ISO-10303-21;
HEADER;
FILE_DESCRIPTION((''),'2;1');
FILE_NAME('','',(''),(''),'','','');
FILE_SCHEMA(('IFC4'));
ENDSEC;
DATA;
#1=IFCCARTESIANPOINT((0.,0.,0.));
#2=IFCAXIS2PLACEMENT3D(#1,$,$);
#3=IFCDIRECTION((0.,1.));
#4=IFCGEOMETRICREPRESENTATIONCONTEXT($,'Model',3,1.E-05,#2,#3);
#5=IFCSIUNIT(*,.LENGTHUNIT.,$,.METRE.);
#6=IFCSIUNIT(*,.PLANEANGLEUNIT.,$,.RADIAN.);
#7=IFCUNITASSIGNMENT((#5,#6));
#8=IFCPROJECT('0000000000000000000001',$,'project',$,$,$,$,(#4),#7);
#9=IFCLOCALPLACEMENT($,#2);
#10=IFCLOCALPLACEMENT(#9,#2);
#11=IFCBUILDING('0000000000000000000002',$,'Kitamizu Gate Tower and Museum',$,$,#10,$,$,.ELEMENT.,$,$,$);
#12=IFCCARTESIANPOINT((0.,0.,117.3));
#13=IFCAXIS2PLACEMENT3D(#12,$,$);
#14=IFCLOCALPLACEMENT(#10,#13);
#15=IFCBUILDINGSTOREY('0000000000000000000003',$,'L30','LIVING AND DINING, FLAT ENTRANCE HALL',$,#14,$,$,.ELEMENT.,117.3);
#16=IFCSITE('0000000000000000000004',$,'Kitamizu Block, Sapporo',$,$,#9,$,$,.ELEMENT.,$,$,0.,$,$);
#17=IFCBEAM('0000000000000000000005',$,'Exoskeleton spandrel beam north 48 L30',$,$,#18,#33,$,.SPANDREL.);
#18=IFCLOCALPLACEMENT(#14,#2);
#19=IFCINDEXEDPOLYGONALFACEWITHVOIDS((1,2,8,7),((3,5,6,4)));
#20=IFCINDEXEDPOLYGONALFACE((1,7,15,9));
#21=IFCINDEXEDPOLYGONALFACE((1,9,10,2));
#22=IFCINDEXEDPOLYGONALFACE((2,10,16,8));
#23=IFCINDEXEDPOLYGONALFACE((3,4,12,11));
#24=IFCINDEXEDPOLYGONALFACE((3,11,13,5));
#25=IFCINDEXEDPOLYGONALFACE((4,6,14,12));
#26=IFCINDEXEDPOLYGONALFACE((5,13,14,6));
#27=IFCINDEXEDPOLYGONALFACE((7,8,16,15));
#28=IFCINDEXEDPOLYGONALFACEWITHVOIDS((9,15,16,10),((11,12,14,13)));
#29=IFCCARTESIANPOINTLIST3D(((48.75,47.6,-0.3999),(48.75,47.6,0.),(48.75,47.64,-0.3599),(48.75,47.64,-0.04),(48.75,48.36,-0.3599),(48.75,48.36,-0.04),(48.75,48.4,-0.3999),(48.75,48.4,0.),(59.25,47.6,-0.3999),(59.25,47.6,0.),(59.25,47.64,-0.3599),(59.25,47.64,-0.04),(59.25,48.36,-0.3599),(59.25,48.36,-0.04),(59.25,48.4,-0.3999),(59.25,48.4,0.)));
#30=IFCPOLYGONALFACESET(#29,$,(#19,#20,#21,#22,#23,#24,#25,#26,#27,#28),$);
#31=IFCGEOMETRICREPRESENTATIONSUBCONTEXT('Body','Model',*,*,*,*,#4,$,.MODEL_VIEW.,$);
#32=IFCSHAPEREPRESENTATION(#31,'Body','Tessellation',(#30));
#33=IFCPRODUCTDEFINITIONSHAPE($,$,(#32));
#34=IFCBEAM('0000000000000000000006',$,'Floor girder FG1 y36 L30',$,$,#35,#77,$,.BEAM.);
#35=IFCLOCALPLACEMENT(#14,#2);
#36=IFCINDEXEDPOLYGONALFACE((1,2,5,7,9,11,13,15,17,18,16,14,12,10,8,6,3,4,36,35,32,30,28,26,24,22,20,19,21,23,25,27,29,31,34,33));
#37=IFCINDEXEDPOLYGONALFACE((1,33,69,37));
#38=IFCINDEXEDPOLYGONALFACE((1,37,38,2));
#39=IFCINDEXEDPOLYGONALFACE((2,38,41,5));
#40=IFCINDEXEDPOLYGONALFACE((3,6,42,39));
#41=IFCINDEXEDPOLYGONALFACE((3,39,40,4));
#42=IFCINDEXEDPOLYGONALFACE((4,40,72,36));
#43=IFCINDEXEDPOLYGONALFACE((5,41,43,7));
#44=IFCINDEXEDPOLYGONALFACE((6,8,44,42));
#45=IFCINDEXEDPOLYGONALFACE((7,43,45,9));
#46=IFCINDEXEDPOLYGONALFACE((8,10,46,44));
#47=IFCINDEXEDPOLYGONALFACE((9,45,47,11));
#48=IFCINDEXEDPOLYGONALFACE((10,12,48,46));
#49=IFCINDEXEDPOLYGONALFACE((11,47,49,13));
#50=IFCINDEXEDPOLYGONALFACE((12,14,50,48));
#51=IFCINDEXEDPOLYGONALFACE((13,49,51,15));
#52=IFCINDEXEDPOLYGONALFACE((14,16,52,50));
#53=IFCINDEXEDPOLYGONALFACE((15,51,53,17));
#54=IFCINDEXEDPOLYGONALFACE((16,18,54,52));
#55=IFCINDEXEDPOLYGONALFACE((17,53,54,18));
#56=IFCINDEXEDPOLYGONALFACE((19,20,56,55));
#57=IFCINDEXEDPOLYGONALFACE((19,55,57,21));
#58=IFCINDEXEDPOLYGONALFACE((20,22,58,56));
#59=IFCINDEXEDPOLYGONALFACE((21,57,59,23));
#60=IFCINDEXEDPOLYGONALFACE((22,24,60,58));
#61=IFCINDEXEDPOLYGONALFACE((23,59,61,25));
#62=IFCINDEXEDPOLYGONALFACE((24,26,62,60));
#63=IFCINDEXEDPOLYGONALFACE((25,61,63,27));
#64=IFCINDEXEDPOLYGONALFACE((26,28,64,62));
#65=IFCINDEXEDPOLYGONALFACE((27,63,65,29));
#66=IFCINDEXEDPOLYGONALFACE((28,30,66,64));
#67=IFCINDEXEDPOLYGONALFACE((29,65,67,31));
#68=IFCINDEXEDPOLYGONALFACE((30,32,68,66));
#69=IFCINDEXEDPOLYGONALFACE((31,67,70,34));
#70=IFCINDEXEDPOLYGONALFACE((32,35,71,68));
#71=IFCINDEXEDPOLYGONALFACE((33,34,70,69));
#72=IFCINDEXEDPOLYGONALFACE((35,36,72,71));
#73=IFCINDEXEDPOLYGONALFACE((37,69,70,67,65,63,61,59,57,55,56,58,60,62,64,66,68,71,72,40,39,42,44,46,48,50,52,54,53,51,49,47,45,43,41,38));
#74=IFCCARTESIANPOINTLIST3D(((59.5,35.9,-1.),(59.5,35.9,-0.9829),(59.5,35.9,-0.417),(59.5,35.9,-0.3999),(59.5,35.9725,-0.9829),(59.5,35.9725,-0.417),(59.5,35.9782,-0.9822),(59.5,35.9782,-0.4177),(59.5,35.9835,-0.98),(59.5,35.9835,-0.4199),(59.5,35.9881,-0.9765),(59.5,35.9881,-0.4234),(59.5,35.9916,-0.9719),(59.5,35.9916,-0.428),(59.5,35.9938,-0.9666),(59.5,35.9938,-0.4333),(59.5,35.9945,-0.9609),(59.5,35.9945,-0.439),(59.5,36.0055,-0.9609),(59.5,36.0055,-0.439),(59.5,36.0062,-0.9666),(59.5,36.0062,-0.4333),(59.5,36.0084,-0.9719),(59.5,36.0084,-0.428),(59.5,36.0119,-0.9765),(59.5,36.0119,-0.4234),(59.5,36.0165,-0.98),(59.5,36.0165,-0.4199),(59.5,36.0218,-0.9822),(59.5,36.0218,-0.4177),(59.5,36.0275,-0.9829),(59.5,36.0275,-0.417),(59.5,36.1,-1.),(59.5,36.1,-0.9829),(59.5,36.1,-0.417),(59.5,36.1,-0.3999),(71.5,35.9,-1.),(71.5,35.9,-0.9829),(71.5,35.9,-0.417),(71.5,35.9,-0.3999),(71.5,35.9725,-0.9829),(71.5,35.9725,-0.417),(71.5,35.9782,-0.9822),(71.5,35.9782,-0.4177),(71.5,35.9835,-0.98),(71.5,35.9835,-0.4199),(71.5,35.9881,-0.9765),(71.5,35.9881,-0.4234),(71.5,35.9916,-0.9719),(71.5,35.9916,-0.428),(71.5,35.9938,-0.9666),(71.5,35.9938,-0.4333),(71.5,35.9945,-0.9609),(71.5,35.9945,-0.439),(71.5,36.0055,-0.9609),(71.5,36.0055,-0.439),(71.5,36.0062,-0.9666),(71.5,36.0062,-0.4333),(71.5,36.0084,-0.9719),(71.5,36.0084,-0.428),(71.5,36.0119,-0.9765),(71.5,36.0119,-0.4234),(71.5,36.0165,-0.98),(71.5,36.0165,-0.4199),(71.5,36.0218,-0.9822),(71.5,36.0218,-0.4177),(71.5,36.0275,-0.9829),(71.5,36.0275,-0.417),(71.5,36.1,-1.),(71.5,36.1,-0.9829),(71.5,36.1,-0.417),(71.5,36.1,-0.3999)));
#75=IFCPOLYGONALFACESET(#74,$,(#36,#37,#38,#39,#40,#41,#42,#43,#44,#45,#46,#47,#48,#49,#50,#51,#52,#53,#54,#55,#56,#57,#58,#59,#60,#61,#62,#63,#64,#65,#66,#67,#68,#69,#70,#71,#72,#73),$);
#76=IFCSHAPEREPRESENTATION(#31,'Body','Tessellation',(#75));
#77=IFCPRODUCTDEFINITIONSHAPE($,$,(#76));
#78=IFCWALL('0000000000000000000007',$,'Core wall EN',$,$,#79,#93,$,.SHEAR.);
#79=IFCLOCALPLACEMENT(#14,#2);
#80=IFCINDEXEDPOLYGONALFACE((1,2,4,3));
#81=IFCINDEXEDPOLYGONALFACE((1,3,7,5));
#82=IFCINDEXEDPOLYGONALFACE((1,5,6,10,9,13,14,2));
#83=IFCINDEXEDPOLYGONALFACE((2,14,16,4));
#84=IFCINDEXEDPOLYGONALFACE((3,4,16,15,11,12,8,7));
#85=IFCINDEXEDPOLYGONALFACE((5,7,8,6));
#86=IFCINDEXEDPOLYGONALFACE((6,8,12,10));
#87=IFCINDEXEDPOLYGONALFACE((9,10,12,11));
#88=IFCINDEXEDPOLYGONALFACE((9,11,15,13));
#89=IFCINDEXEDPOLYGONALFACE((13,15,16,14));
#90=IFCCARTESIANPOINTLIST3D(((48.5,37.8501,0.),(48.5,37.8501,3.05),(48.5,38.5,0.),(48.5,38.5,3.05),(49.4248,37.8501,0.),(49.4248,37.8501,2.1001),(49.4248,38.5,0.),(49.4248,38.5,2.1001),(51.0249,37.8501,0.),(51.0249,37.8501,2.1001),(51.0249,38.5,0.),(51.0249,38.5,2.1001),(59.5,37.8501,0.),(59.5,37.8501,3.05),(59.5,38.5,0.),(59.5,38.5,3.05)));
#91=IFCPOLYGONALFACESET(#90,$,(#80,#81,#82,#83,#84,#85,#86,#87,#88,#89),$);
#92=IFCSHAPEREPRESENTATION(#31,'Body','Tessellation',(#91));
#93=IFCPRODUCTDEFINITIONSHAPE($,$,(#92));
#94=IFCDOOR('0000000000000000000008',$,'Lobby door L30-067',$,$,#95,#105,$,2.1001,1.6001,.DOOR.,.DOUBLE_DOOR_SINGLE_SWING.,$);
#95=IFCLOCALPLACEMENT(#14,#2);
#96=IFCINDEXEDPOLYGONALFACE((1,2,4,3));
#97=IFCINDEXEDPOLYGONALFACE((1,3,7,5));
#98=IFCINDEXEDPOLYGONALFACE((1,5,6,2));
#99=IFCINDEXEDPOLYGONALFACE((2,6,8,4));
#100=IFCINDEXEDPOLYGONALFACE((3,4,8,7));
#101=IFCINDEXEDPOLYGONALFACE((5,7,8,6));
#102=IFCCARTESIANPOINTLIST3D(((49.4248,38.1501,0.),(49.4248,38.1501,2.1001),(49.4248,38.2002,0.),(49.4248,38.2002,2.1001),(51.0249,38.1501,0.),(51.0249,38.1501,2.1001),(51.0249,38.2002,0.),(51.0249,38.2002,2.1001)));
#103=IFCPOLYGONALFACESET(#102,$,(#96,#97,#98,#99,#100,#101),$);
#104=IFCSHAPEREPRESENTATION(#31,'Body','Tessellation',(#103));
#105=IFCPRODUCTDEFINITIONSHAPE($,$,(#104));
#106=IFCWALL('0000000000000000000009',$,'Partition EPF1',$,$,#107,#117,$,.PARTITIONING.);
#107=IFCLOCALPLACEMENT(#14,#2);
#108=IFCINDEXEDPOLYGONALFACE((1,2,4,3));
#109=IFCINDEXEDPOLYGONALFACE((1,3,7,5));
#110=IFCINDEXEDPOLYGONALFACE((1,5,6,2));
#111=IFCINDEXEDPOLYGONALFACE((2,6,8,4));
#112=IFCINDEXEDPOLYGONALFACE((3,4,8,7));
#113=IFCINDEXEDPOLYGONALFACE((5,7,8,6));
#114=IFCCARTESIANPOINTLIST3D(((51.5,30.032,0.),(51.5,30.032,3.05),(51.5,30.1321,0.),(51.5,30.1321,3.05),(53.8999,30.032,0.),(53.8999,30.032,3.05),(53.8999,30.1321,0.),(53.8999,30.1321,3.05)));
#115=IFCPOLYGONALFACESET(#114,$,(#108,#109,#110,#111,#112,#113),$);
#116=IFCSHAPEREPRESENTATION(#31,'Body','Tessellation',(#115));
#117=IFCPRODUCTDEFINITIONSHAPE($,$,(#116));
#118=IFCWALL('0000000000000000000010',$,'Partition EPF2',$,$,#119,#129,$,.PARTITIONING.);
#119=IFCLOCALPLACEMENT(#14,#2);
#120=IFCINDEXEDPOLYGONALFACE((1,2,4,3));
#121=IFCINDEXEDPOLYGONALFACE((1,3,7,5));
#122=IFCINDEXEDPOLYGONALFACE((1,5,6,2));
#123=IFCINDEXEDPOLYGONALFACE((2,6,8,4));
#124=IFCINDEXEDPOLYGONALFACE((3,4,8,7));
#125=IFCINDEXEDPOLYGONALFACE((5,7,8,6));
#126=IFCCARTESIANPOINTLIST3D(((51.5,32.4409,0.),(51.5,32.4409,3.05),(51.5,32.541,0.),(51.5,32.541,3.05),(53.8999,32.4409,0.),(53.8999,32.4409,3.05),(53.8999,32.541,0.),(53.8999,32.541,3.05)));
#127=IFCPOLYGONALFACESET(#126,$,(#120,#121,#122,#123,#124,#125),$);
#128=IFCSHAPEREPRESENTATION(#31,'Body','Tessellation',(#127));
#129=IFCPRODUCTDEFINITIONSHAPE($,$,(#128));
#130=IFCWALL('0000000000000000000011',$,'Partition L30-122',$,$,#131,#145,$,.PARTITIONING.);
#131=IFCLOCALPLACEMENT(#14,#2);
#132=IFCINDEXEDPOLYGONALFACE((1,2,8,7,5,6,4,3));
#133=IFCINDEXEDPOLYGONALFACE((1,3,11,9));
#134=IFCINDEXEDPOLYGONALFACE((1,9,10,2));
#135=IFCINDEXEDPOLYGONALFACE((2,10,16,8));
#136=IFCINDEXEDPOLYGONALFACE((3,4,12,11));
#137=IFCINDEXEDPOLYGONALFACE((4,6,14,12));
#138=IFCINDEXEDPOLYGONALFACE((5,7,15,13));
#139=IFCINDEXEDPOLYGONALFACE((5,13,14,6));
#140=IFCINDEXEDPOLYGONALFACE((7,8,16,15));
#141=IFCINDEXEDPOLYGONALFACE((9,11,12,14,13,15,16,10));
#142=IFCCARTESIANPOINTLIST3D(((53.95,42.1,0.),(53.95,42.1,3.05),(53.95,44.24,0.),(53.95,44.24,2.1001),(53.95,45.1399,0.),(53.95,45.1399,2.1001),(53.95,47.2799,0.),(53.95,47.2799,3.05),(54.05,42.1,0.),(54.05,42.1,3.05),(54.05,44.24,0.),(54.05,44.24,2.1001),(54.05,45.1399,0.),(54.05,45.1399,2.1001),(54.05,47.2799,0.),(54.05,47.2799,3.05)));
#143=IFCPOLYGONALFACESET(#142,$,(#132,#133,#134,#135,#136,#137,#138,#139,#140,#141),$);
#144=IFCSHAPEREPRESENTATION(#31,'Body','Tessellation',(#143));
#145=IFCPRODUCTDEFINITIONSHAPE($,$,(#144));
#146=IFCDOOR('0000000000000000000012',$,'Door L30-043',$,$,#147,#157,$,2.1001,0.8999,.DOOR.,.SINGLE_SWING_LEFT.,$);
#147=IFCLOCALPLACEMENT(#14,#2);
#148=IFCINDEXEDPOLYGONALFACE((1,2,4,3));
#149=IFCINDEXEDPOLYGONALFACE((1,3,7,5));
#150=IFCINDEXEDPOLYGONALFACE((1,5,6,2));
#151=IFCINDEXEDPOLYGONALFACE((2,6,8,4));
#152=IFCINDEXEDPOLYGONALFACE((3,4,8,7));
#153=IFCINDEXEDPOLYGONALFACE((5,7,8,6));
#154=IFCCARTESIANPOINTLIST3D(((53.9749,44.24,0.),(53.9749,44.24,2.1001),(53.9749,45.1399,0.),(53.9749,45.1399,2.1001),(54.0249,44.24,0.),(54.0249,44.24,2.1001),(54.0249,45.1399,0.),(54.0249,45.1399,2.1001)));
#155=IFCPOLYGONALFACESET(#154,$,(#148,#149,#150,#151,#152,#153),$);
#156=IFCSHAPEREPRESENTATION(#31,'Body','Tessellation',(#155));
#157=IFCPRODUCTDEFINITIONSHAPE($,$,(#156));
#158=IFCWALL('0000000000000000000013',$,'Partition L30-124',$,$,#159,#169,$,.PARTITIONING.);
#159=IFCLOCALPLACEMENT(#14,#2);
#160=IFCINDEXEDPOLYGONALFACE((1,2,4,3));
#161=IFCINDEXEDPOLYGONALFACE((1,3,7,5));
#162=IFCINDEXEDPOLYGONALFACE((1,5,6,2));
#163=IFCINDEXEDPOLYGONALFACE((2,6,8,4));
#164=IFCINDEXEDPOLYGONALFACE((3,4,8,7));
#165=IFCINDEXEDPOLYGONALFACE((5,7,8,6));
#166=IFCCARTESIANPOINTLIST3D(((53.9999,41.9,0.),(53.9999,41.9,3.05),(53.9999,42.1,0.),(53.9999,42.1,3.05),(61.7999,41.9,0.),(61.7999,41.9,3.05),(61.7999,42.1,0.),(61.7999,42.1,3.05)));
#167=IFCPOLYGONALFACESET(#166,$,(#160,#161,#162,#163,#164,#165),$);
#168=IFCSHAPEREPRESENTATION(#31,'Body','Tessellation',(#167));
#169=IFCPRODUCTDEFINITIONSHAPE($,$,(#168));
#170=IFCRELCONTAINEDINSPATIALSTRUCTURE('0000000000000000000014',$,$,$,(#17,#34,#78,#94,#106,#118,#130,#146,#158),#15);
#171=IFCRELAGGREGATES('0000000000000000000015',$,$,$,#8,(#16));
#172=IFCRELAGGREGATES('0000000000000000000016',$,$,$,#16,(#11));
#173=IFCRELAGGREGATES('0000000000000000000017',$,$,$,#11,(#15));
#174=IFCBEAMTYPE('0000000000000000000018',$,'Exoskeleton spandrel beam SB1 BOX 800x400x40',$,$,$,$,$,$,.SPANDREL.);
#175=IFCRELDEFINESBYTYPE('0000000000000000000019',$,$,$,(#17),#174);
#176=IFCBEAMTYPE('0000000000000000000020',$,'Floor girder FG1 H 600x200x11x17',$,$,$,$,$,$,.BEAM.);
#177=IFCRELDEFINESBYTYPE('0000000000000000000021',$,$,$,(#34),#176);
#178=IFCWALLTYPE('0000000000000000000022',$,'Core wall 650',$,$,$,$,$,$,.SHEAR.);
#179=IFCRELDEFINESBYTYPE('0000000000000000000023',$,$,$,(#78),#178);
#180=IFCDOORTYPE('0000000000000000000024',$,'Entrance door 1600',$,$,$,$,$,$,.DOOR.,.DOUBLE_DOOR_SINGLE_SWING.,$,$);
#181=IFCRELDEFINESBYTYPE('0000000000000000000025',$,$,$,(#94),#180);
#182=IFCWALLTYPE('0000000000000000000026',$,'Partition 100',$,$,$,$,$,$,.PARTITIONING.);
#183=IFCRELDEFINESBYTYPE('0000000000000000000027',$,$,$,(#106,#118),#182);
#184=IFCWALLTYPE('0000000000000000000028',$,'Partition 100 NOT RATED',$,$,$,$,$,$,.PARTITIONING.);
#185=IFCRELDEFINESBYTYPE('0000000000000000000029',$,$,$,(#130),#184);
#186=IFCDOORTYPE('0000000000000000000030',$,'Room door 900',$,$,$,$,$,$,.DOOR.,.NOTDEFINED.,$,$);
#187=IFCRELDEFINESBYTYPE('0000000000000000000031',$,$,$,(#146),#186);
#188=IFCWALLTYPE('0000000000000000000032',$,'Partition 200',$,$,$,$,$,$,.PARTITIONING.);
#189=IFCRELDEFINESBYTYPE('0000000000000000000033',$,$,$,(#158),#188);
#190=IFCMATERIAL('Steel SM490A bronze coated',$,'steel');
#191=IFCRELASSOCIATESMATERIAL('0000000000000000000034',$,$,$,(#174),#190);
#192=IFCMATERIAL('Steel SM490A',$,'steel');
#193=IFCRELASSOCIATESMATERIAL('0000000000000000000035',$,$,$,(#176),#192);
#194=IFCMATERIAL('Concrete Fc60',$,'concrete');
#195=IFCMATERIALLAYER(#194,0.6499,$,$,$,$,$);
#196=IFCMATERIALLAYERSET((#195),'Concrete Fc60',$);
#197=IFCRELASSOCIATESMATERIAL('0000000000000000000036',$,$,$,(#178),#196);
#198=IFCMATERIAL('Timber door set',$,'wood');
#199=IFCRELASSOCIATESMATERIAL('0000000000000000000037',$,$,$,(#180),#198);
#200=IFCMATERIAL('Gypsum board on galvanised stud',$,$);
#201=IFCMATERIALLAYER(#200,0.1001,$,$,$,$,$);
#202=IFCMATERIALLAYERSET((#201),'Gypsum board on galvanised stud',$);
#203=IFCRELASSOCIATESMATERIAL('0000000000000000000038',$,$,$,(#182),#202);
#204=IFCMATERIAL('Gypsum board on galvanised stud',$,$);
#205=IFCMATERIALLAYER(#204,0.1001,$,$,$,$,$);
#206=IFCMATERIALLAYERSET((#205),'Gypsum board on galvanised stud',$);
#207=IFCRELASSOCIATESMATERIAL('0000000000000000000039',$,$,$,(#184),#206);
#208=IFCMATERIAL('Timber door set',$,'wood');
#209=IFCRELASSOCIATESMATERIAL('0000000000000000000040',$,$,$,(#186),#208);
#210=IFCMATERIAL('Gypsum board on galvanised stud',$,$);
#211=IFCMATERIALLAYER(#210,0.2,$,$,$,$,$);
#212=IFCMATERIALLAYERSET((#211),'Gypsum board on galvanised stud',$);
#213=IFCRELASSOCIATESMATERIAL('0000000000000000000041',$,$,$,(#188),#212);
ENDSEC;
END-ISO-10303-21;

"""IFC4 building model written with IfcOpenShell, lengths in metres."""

from ifc_helpers import new_model, si_unit, direction, frame, frame_2d, origin, origin_2d, place, context, subcontext, project, spatial, rectangle, hollow_rectangle, i_section, extrude, material, layer, layer_set, material_profile, profile_set, type_object, element, fill, save


model = new_model("IFC4")

# Units and contexts
model_context = context("Model", 3, precision=1e-05, world=origin(), true_north=direction((0.0, 1.0)))
body_context = subcontext(model_context, "Body", "Model", "MODEL_VIEW")
ifc_project = project(units=[si_unit("LENGTHUNIT", "METRE"), si_unit("PLANEANGLEUNIT", "RADIAN")], contexts=[model_context])

# Site, building, storey
site_placement = place(None, origin())
site = spatial("IfcSite", under=ifc_project, at=site_placement, Name="Kitamizu Block, Sapporo", CompositionType="ELEMENT", RefElevation=0.0)
building_placement = place(site_placement, origin())
building = spatial("IfcBuilding", under=site, at=building_placement, Name="Kitamizu Gate Tower and Museum", CompositionType="ELEMENT")
storey_placement = place(building_placement, frame((0.0, 0.0, 117.3)))
storey = spatial("IfcBuildingStorey", under=building, at=storey_placement, Name="L30", Description="LIVING AND DINING, FLAT ENTRANCE HALL", CompositionType="ELEMENT", Elevation=117.3)

# Beams
ifc_material_1 = material(Name="Steel SM490A bronze coated", Category="steel")
ifc_material_profile_1 = material_profile(ifc_material_1, hollow_rectangle(XDim=0.8, YDim=0.3999, WallThickness=0.04, at=origin_2d()), Name="BOX 800x400x40")
ifc_profile_set_1 = profile_set([ifc_material_profile_1], Name="Steel SM490A bronze coated")
beam_type_1 = type_object("IfcBeamType", Name="Exoskeleton spandrel beam SB1 BOX 800x400x40", PredefinedType="SPANDREL", material=ifc_profile_set_1)
beam_1_placement = place(storey_placement, frame((48.75, 48.0, -0.2), z_axis=(1.0, 0.0, 0.0), x_axis=(0.0, 1.0, 0.0)))
element("IfcBeam", 1, at=beam_1_placement, inside=storey, type_object=beam_type_1, Name="Exoskeleton spandrel beam north 48 L30", PredefinedType="SPANDREL", context=body_context, shape_type="SweptSolid", body=[
    extrude(hollow_rectangle(XDim=0.8, YDim=0.3999, WallThickness=0.04, at=origin_2d()), origin(), (0.0, 0.0, 1.0), 10.5),
])
ifc_material_2 = material(Name="Steel SM490A", Category="steel")
ifc_material_profile_2 = material_profile(ifc_material_2, i_section(OverallWidth=0.2, OverallDepth=0.6001, WebThickness=0.011, FlangeThickness=0.0171, FilletRadius=0.022, at=origin_2d()), Name="H-600x200x11x17")
ifc_profile_set_2 = profile_set([ifc_material_profile_2], Name="Steel SM490A")
beam_type_2 = type_object("IfcBeamType", Name="Floor girder FG1 H 600x200x11x17", PredefinedType="BEAM", material=ifc_profile_set_2)
beam_2_placement = place(storey_placement, frame((59.5, 36.0, -0.7), z_axis=(1.0, 0.0, 0.0), x_axis=(0.0, 1.0, 0.0)))
element("IfcBeam", 2, at=beam_2_placement, inside=storey, type_object=beam_type_2, Name="Floor girder FG1 y36 L30", PredefinedType="BEAM", context=body_context, shape_type="SweptSolid", body=[
    extrude(i_section(OverallWidth=0.2, OverallDepth=0.6001, WebThickness=0.011, FlangeThickness=0.0171, FilletRadius=0.022, at=origin_2d()), origin(), (0.0, 0.0, 1.0), 12.0),
])

# Wall, opening, door
ifc_material_3 = material(Name="Concrete Fc60", Category="concrete")
ifc_layer_1 = layer(ifc_material_3, 0.6499)
ifc_layer_set_1 = layer_set([ifc_layer_1], Name="Concrete Fc60")
wall_type_1 = type_object("IfcWallType", Name="Core wall 650", PredefinedType="SHEAR", material=ifc_layer_set_1)
wall_1_placement = place(storey_placement, frame((59.5, 38.175, 0.0), z_axis=(0.0, 0.0, 1.0), x_axis=(-1.0, 0.0, 0.0)))
wall_1 = element("IfcWall", 3, at=wall_1_placement, inside=storey, type_object=wall_type_1, Name="Core wall EN", PredefinedType="SHEAR", context=body_context, shape_type="SweptSolid", body=[
    extrude(rectangle(XDim=11.0, YDim=0.6499, at=frame_2d((5.5, 0.0))), origin(), (0.0, 0.0, 1.0), 3.05),
])
opening_1_placement = place(wall_1_placement, frame((8.4751, 0.0, 0.0)))
opening_1 = element("IfcOpeningElement", 4, at=opening_1_placement, cuts=wall_1, PredefinedType="OPENING", context=body_context, shape_type="SweptSolid", body=[
    extrude(rectangle(XDim=1.6001, YDim=2.1001, at=frame_2d((0.8, 1.05))), frame((0.0, 0.335, 0.0), z_axis=(0.0, -1.0, 0.0), x_axis=(1.0, 0.0, 0.0)), (0.0, 0.0, 1.0), 0.6699),
])
ifc_material_4 = material(Name="Timber door set", Category="wood")
door_type_1 = type_object("IfcDoorType", Name="Entrance door 1600", OperationType="DOUBLE_DOOR_SINGLE_SWING", PredefinedType="DOOR", material=ifc_material_4)
door_1_placement = place(opening_1_placement, origin())
door_1 = element("IfcDoor", 5, at=door_1_placement, inside=storey, type_object=door_type_1, Name="Lobby door L30-067", OperationType="DOUBLE_DOOR_SINGLE_SWING", OverallHeight=2.1001, OverallWidth=1.6001, PredefinedType="DOOR", context=body_context, shape_type="SweptSolid", body=[
    extrude(rectangle(XDim=1.6001, YDim=2.1001, at=frame_2d((0.8, 1.05))), frame((0.0, 0.0249, 0.0), z_axis=(0.0, -1.0, 0.0), x_axis=(1.0, 0.0, 0.0)), (0.0, 0.0, 1.0), 0.05),
])
fill(opening_1, door_1)

# Walls
ifc_material_5 = material(Name="Gypsum board on galvanised stud")
ifc_layer_2 = layer(ifc_material_5, 0.1001)
ifc_layer_set_2 = layer_set([ifc_layer_2], Name="Gypsum board on galvanised stud")
wall_type_2 = type_object("IfcWallType", Name="Partition 100", PredefinedType="PARTITIONING", material=ifc_layer_set_2)
for number, where, z_axis, x_axis, name in (
    (6, (53.8999, 30.082, 0.0), (0.0, 0.0, 1.0), (-1.0, 0.0, 0.0), "Partition EPF1"),
    (7, (53.8999, 32.491, 0.0), (0.0, 0.0, 1.0), (-1.0, 0.0, 0.0), "Partition EPF2"),
):
    element("IfcWall", number, at=place(storey_placement, frame(where, z_axis=z_axis, x_axis=x_axis)), inside=storey, type_object=wall_type_2, Name=name, PredefinedType="PARTITIONING", context=body_context, shape_type="SweptSolid", body=[
        extrude(rectangle(XDim=2.3999, YDim=0.1001, at=frame_2d((1.2, 0.0))), origin(), (0.0, 0.0, 1.0), 3.05),
    ])

# Wall, opening, door
ifc_material_6 = material(Name="Gypsum board on galvanised stud")
ifc_layer_3 = layer(ifc_material_6, 0.1001)
ifc_layer_set_3 = layer_set([ifc_layer_3], Name="Gypsum board on galvanised stud")
wall_type_3 = type_object("IfcWallType", Name="Partition 100 NOT RATED", PredefinedType="PARTITIONING", material=ifc_layer_set_3)
wall_2_placement = place(storey_placement, frame((54.0, 42.1001, 0.0), z_axis=(0.0, 0.0, 1.0), x_axis=(0.0, 1.0, 0.0)))
wall_2 = element("IfcWall", 8, at=wall_2_placement, inside=storey, type_object=wall_type_3, Name="Partition L30-122", PredefinedType="PARTITIONING", context=body_context, shape_type="SweptSolid", body=[
    extrude(rectangle(XDim=5.1799, YDim=0.1001, at=frame_2d((2.5898, 0.0))), origin(), (0.0, 0.0, 1.0), 3.05),
])
opening_2_placement = place(wall_2_placement, frame((2.1399, 0.0, 0.0)))
opening_2 = element("IfcOpeningElement", 9, at=opening_2_placement, cuts=wall_2, PredefinedType="OPENING", context=body_context, shape_type="SweptSolid", body=[
    extrude(rectangle(XDim=0.8999, YDim=2.1001, at=frame_2d((0.45, 1.05))), frame((0.0, 0.0601, 0.0), z_axis=(0.0, -1.0, 0.0), x_axis=(1.0, 0.0, 0.0)), (0.0, 0.0, 1.0), 0.1201),
])
ifc_material_7 = material(Name="Timber door set", Category="wood")
door_type_2 = type_object("IfcDoorType", Name="Room door 900", OperationType="NOTDEFINED", PredefinedType="DOOR", material=ifc_material_7)
door_2_placement = place(opening_2_placement, frame((0.8999, 0.0, 0.0), x_axis=(-1.0, 0.0, 0.0)))
door_2 = element("IfcDoor", 10, at=door_2_placement, inside=storey, type_object=door_type_2, Name="Door L30-043", OperationType="SINGLE_SWING_LEFT", OverallHeight=2.1001, OverallWidth=0.8999, PredefinedType="DOOR", context=body_context, shape_type="SweptSolid", body=[
    extrude(rectangle(XDim=0.8999, YDim=2.1001, at=frame_2d((0.45, 1.05))), frame((0.0, 0.0249, 0.0), z_axis=(0.0, -1.0, 0.0), x_axis=(1.0, 0.0, 0.0)), (0.0, 0.0, 1.0), 0.05),
])
fill(opening_2, door_2)

# Wall
ifc_material_8 = material(Name="Gypsum board on galvanised stud")
ifc_layer_4 = layer(ifc_material_8, 0.2)
ifc_layer_set_4 = layer_set([ifc_layer_4], Name="Gypsum board on galvanised stud")
wall_type_4 = type_object("IfcWallType", Name="Partition 200", PredefinedType="PARTITIONING", material=ifc_layer_set_4)
wall_3_placement = place(storey_placement, frame((54.0, 42.0, 0.0), z_axis=(0.0, 0.0, 1.0), x_axis=(1.0, 0.0, 0.0)))
element("IfcWall", 11, at=wall_3_placement, inside=storey, type_object=wall_type_4, Name="Partition L30-124", PredefinedType="PARTITIONING", context=body_context, shape_type="SweptSolid", body=[
    extrude(rectangle(XDim=7.8, YDim=0.2, at=frame_2d((3.8999, 0.0))), origin(), (0.0, 0.0, 1.0), 3.05),
])

save(model, "model.ifc")
